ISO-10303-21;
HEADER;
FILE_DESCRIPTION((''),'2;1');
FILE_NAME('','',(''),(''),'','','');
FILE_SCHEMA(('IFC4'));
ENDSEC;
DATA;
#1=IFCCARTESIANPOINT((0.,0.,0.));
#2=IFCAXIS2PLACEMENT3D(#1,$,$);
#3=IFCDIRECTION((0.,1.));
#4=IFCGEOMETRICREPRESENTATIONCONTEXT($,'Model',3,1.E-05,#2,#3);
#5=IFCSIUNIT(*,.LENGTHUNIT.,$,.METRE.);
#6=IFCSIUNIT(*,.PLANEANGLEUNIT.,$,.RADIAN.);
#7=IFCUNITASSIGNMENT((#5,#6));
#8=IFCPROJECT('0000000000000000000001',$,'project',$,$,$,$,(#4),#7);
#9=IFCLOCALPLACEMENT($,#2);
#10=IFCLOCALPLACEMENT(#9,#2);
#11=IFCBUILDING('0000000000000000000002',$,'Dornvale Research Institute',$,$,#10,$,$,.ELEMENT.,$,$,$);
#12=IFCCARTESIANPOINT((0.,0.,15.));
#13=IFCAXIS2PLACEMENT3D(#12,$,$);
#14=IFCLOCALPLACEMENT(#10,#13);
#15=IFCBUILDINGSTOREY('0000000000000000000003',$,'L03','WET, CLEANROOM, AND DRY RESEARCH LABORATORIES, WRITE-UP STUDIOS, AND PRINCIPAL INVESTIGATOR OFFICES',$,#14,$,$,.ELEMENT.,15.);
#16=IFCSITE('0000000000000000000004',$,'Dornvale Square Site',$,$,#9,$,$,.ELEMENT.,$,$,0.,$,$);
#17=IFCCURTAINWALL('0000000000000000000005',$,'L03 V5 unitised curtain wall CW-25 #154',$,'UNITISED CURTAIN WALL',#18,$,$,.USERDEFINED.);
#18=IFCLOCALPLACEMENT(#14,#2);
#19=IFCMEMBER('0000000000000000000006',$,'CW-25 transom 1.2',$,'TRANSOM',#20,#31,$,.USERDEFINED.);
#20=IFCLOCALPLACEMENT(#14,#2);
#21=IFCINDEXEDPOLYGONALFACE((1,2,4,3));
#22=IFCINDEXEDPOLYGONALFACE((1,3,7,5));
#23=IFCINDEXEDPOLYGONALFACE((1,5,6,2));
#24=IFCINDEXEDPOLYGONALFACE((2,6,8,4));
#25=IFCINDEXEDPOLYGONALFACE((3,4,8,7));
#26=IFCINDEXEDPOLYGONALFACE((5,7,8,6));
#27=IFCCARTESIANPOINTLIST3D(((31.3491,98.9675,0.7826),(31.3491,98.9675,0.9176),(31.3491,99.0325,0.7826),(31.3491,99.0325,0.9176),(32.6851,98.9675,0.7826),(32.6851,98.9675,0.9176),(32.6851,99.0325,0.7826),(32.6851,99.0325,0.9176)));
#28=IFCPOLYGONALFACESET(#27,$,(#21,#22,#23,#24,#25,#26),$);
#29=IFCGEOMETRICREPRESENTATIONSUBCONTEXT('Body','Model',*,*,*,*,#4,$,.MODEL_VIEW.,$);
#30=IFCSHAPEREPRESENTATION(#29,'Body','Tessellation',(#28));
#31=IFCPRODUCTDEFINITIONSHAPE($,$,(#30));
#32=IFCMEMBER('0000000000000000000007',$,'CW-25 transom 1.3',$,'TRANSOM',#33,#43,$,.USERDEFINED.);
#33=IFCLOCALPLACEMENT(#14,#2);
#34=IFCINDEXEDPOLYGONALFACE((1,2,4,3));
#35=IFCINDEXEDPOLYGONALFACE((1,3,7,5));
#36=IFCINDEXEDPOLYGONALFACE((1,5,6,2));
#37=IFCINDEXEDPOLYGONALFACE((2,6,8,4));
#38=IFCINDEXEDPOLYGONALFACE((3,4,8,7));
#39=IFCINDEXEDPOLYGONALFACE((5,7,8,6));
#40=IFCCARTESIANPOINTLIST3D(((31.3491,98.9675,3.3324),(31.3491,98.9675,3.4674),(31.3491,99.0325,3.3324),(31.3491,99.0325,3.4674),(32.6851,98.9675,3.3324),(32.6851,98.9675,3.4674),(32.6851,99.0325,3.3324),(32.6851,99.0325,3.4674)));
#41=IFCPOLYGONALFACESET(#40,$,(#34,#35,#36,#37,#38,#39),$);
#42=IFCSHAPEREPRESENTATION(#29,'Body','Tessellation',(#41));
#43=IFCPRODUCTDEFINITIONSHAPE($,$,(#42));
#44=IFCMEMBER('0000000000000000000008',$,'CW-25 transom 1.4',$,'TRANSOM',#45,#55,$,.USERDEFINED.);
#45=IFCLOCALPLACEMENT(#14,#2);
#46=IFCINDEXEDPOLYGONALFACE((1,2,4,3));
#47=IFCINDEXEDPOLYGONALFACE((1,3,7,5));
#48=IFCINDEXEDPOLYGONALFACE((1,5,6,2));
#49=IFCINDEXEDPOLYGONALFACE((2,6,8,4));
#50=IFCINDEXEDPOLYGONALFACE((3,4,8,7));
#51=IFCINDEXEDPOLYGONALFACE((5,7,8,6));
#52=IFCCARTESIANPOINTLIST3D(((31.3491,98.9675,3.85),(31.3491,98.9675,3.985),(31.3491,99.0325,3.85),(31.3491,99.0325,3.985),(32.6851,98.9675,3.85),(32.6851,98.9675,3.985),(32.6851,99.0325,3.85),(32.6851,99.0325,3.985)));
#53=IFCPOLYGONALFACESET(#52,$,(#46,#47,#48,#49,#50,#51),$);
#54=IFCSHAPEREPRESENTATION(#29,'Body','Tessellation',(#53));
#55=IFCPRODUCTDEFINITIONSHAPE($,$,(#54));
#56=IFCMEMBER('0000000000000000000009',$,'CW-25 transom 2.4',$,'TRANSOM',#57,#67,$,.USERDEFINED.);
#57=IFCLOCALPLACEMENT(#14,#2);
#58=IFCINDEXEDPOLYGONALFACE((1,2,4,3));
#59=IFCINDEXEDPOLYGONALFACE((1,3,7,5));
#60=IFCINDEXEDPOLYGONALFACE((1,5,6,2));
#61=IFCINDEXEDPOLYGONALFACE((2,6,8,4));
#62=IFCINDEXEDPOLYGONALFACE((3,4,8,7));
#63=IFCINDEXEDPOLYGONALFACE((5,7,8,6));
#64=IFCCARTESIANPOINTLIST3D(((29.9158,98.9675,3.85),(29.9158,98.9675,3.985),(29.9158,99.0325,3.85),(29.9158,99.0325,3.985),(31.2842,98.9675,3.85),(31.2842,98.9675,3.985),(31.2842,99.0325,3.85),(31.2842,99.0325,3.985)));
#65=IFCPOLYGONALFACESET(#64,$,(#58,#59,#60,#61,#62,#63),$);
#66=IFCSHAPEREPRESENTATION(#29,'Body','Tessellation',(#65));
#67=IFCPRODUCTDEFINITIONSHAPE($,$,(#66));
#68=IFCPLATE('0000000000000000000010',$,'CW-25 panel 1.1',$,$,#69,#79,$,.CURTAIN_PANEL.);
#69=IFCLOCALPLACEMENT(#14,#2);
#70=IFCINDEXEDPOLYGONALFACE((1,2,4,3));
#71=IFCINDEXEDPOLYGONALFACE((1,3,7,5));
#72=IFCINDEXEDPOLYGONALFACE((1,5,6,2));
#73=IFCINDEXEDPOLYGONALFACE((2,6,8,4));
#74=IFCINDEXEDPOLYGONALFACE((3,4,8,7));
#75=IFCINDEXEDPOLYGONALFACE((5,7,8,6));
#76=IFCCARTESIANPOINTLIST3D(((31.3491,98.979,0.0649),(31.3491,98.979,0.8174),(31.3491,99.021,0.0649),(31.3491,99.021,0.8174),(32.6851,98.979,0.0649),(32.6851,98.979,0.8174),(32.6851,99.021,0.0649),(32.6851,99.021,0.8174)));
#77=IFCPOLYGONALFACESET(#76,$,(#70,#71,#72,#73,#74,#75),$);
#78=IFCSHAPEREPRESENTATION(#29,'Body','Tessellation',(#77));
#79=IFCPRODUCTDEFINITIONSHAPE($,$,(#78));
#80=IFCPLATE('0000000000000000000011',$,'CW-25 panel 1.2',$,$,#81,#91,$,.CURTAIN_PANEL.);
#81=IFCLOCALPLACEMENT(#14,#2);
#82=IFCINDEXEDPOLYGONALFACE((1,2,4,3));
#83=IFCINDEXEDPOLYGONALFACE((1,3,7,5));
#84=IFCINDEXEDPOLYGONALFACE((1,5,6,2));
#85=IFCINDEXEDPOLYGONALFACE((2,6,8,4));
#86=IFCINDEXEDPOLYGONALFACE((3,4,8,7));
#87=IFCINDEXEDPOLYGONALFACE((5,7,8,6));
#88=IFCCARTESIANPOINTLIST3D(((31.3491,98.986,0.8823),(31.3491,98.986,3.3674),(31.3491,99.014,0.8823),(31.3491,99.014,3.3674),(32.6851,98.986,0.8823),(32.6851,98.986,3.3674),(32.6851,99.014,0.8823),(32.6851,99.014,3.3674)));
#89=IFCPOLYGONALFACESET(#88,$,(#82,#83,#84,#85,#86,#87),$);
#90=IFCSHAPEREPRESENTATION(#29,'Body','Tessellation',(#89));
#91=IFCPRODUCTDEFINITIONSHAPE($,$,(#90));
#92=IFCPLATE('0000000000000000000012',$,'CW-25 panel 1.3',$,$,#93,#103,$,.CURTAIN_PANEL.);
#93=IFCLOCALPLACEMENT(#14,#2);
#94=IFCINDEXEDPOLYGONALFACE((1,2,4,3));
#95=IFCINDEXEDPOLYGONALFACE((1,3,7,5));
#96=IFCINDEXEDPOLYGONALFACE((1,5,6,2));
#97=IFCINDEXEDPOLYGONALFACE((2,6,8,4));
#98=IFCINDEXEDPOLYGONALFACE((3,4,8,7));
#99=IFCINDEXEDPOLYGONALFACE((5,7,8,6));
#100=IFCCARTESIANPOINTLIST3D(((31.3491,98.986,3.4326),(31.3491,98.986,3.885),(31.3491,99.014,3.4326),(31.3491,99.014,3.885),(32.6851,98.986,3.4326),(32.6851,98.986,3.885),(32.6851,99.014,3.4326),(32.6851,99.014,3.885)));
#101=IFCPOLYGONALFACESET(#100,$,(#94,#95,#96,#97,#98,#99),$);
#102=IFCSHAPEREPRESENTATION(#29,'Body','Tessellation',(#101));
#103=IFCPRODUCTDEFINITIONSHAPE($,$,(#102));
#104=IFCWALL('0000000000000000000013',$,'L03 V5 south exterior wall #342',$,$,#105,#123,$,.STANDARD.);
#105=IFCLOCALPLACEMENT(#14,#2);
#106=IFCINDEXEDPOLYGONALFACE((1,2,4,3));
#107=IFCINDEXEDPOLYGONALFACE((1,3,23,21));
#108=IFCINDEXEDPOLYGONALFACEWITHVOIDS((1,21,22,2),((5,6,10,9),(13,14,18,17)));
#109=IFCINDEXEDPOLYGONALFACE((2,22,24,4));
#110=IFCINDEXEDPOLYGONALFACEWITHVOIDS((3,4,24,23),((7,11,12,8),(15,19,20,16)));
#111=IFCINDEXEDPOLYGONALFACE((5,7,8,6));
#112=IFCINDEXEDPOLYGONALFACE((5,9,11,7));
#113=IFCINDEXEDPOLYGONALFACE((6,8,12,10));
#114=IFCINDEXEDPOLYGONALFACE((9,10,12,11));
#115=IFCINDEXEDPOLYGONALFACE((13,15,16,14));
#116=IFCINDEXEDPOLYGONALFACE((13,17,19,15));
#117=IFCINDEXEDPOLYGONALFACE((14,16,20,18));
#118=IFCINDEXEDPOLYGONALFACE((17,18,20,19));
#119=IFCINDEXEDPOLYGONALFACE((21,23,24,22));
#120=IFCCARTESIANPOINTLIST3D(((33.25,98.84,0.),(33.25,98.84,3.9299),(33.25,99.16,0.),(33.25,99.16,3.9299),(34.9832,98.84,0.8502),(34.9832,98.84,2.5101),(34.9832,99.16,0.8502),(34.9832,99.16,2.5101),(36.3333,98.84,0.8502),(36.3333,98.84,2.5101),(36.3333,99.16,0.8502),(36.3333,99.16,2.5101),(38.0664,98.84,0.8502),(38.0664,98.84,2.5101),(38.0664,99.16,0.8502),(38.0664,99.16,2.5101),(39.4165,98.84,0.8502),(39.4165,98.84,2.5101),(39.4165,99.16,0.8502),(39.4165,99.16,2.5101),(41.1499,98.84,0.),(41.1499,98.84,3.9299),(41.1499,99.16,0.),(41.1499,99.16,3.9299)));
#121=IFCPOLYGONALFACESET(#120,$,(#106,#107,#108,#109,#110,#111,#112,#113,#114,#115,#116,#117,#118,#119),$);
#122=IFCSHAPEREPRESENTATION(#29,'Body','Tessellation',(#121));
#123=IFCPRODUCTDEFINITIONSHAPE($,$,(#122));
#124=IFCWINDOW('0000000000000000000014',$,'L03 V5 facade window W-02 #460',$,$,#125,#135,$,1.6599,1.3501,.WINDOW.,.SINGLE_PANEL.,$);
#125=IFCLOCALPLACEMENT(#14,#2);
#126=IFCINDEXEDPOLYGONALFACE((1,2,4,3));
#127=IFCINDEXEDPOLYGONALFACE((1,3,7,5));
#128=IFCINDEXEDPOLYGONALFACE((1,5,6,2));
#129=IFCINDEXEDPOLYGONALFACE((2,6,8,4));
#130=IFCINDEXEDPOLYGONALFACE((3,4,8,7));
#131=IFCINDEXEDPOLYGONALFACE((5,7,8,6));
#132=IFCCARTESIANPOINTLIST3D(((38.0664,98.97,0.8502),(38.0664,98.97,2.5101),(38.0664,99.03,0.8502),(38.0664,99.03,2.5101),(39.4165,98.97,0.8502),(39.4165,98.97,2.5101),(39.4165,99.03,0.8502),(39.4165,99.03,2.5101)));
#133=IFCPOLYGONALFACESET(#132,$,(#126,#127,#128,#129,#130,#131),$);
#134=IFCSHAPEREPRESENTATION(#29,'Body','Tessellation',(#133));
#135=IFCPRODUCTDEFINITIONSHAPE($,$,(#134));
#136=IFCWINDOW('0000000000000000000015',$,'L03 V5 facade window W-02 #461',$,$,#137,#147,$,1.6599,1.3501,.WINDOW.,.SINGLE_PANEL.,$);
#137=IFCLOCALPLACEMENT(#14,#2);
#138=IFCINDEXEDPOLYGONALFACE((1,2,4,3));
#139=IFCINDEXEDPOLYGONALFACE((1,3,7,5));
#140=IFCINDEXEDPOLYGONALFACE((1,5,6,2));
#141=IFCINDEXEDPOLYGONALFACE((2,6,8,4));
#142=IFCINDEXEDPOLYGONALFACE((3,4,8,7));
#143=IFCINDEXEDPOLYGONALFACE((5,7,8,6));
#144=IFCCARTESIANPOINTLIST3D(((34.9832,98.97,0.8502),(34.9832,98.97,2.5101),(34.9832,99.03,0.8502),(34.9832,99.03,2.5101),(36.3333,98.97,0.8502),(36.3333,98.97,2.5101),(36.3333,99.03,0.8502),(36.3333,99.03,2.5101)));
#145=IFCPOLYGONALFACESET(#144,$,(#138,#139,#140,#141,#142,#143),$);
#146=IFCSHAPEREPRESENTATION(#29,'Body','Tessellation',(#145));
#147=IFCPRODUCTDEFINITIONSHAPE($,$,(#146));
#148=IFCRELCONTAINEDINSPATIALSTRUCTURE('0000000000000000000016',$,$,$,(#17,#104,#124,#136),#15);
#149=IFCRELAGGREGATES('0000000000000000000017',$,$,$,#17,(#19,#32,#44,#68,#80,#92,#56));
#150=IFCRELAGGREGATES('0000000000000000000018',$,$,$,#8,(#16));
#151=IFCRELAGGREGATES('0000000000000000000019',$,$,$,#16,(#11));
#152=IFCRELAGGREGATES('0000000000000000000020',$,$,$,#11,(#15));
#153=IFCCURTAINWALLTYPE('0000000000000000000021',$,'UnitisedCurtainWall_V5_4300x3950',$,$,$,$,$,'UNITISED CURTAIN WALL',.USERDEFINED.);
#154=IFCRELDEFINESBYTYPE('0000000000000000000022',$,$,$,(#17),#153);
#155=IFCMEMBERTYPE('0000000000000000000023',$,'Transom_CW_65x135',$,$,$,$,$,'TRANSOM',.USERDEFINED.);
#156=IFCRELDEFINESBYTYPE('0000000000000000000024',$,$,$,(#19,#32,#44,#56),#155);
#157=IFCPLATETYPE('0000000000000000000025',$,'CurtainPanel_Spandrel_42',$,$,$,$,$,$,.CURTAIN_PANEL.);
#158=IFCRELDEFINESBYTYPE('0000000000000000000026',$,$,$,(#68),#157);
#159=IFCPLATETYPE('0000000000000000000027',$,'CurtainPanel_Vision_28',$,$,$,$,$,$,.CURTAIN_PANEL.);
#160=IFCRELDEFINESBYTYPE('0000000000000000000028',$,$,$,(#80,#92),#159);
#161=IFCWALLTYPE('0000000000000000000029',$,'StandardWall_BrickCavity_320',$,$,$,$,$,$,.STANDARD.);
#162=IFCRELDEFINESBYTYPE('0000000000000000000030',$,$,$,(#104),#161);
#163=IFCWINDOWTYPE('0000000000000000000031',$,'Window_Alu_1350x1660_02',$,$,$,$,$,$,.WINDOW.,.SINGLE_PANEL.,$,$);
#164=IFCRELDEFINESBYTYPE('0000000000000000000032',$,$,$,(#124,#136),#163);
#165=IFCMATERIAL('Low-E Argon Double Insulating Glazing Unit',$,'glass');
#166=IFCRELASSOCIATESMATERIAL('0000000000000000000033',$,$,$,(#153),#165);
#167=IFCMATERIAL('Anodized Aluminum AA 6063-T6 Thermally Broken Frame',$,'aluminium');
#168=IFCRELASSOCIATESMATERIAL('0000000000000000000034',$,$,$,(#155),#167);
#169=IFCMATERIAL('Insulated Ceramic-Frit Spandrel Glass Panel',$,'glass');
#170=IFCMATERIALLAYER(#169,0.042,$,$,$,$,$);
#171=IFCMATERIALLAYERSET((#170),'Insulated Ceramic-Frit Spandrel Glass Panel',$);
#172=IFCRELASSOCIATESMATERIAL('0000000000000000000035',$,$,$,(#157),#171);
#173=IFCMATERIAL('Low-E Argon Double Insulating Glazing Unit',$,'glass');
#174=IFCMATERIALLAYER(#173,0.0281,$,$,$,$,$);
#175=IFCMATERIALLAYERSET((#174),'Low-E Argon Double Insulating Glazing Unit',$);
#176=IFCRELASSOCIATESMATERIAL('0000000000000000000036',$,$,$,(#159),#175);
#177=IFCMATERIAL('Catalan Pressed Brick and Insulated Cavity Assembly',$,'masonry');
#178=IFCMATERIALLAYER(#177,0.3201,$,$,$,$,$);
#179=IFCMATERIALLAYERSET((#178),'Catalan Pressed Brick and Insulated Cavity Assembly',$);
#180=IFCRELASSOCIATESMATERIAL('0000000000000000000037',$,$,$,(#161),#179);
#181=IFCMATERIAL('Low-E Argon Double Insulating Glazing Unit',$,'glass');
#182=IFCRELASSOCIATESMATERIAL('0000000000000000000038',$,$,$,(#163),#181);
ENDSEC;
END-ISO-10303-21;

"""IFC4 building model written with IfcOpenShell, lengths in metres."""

from ifc_helpers import new_model, si_unit, direction, frame, frame_2d, origin, origin_2d, place, context, subcontext, project, spatial, rectangle, extrude, material, layer, layer_set, material_profile, profile_set, type_object, element, fill, aggregate, save


model = new_model("IFC4")

# Units and contexts
model_context = context("Model", 3, precision=1e-05, world=origin(), true_north=direction((0.0, 1.0)))
body_context = subcontext(model_context, "Body", "Model", "MODEL_VIEW")
ifc_project = project(units=[si_unit("LENGTHUNIT", "METRE"), si_unit("PLANEANGLEUNIT", "RADIAN")], contexts=[model_context])

# Site, building, storey
site_placement = place(None, origin())
site = spatial("IfcSite", under=ifc_project, at=site_placement, Name="Dornvale Square Site", CompositionType="ELEMENT", RefElevation=0.0)
building_placement = place(site_placement, origin())
building = spatial("IfcBuilding", under=site, at=building_placement, Name="Dornvale Research Institute", CompositionType="ELEMENT")
storey_placement = place(building_placement, frame((0.0, 0.0, 15.0)))
storey = spatial("IfcBuildingStorey", under=building, at=storey_placement, Name="L03", Description="WET, CLEANROOM, AND DRY RESEARCH LABORATORIES, WRITE-UP STUDIOS, AND PRINCIPAL INVESTIGATOR OFFICES", CompositionType="ELEMENT", Elevation=15.0)

# Curtain wall
ifc_material_1 = material(Name="Low-E Argon Double Insulating Glazing Unit", Category="glass")
curtain_wall_type = type_object("IfcCurtainWallType", Name="UnitisedCurtainWall_V5_4300x3950", ElementType="UNITISED CURTAIN WALL", PredefinedType="USERDEFINED", material=ifc_material_1)
curtain_wall_placement = place(storey_placement, origin())
curtain_wall = element("IfcCurtainWall", 1, at=curtain_wall_placement, inside=storey, type_object=curtain_wall_type, Name="L03 V5 unitised curtain wall CW-25 #154", ObjectType="UNITISED CURTAIN WALL", PredefinedType="USERDEFINED")

# Members
ifc_material_2 = material(Name="Anodized Aluminum AA 6063-T6 Thermally Broken Frame", Category="aluminium")
ifc_material_profile_1 = material_profile(ifc_material_2, rectangle(XDim=0.0649, YDim=0.135, at=origin_2d()), Name="ALU TRANSOM 65x135")
ifc_profile_set_1 = profile_set([ifc_material_profile_1], Name="Anodized Aluminum AA 6063-T6 Thermally Broken Frame")
member_type_1 = type_object("IfcMemberType", Name="Transom_CW_65x135", ElementType="TRANSOM", PredefinedType="USERDEFINED", material=ifc_profile_set_1)
member_1_placement = place(storey_placement, frame((32.6851, 99.0, 0.8501), z_axis=(-1.0, 0.0, 0.0), x_axis=(0.0, -1.0, 0.0)))
member_1 = element("IfcMember", 2, at=member_1_placement, type_object=member_type_1, Name="CW-25 transom 1.2", ObjectType="TRANSOM", PredefinedType="USERDEFINED", context=body_context, shape_type="SweptSolid", body=[
    extrude(rectangle(XDim=0.0649, YDim=0.135, at=origin_2d()), origin(), (0.0, 0.0, 1.0), 1.3359),
])
member_2_placement = place(storey_placement, frame((32.6851, 99.0, 3.3999), z_axis=(-1.0, 0.0, 0.0), x_axis=(0.0, -1.0, 0.0)))
member_2 = element("IfcMember", 3, at=member_2_placement, type_object=member_type_1, Name="CW-25 transom 1.3", ObjectType="TRANSOM", PredefinedType="USERDEFINED", context=body_context, shape_type="SweptSolid", body=[
    extrude(rectangle(XDim=0.0649, YDim=0.135, at=origin_2d()), origin(), (0.0, 0.0, 1.0), 1.3359),
])
member_3_placement = place(storey_placement, frame((32.6851, 99.0, 3.9175), z_axis=(-1.0, 0.0, 0.0), x_axis=(0.0, -1.0, 0.0)))
member_3 = element("IfcMember", 4, at=member_3_placement, type_object=member_type_1, Name="CW-25 transom 1.4", ObjectType="TRANSOM", PredefinedType="USERDEFINED", context=body_context, shape_type="SweptSolid", body=[
    extrude(rectangle(XDim=0.0649, YDim=0.135, at=origin_2d()), origin(), (0.0, 0.0, 1.0), 1.3359),
])
member_4_placement = place(storey_placement, frame((31.2842, 99.0, 3.9175), z_axis=(-1.0, 0.0, 0.0), x_axis=(0.0, -1.0, 0.0)))
member_4 = element("IfcMember", 5, at=member_4_placement, type_object=member_type_1, Name="CW-25 transom 2.4", ObjectType="TRANSOM", PredefinedType="USERDEFINED", context=body_context, shape_type="SweptSolid", body=[
    extrude(rectangle(XDim=0.0649, YDim=0.135, at=origin_2d()), origin(), (0.0, 0.0, 1.0), 1.3684),
])

# Plates
ifc_material_3 = material(Name="Insulated Ceramic-Frit Spandrel Glass Panel", Category="glass")
ifc_layer_1 = layer(ifc_material_3, 0.042)
ifc_layer_set_1 = layer_set([ifc_layer_1], Name="Insulated Ceramic-Frit Spandrel Glass Panel")
plate_type_1 = type_object("IfcPlateType", Name="CurtainPanel_Spandrel_42", PredefinedType="CURTAIN_PANEL", material=ifc_layer_set_1)
plate_1_placement = place(storey_placement, frame((32.0171, 99.0, 0.0649), z_axis=(0.0, 0.0, 1.0), x_axis=(-1.0, 0.0, 0.0)))
plate_1 = element("IfcPlate", 6, at=plate_1_placement, type_object=plate_type_1, Name="CW-25 panel 1.1", PredefinedType="CURTAIN_PANEL", context=body_context, shape_type="SweptSolid", body=[
    extrude(rectangle(XDim=1.3359, YDim=0.042, at=origin_2d()), origin(), (0.0, 0.0, 1.0), 0.7524),
])
ifc_material_4 = material(Name="Low-E Argon Double Insulating Glazing Unit", Category="glass")
ifc_layer_2 = layer(ifc_material_4, 0.0281)
ifc_layer_set_2 = layer_set([ifc_layer_2], Name="Low-E Argon Double Insulating Glazing Unit")
plate_type_2 = type_object("IfcPlateType", Name="CurtainPanel_Vision_28", PredefinedType="CURTAIN_PANEL", material=ifc_layer_set_2)
plate_2_placement = place(storey_placement, frame((32.0171, 99.0, 0.8823), z_axis=(0.0, 0.0, 1.0), x_axis=(-1.0, 0.0, 0.0)))
plate_2 = element("IfcPlate", 7, at=plate_2_placement, type_object=plate_type_2, Name="CW-25 panel 1.2", PredefinedType="CURTAIN_PANEL", context=body_context, shape_type="SweptSolid", body=[
    extrude(rectangle(XDim=1.3359, YDim=0.0281, at=origin_2d()), origin(), (0.0, 0.0, 1.0), 2.4851),
])
plate_3_placement = place(storey_placement, frame((32.0171, 99.0, 3.4326), z_axis=(0.0, 0.0, 1.0), x_axis=(-1.0, 0.0, 0.0)))
plate_3 = element("IfcPlate", 8, at=plate_3_placement, type_object=plate_type_2, Name="CW-25 panel 1.3", PredefinedType="CURTAIN_PANEL", context=body_context, shape_type="SweptSolid", body=[
    extrude(rectangle(XDim=1.3359, YDim=0.0281, at=origin_2d()), origin(), (0.0, 0.0, 1.0), 0.4524),
])
aggregate(curtain_wall, [member_1, member_2, member_3, plate_1, plate_2, plate_3, member_4])

# Wall, openings, windows
ifc_material_5 = material(Name="Catalan Pressed Brick and Insulated Cavity Assembly", Category="masonry")
ifc_layer_3 = layer(ifc_material_5, 0.3201)
ifc_layer_set_3 = layer_set([ifc_layer_3], Name="Catalan Pressed Brick and Insulated Cavity Assembly")
wall_type = type_object("IfcWallType", Name="StandardWall_BrickCavity_320", PredefinedType="STANDARD", material=ifc_layer_set_3)
wall_placement = place(storey_placement, frame((41.1499, 99.0, 0.0), z_axis=(0.0, 0.0, 1.0), x_axis=(-1.0, 0.0, 0.0)))
wall = element("IfcWall", 9, at=wall_placement, inside=storey, type_object=wall_type, Name="L03 V5 south exterior wall #342", PredefinedType="STANDARD", context=body_context, shape_type="SweptSolid", body=[
    extrude(rectangle(XDim=7.8999, YDim=0.3201, at=frame_2d((3.95, 0.0))), origin(), (0.0, 0.0, 1.0), 3.9299),
])
opening_1_placement = place(wall_placement, frame((1.7334, 0.0, 0.8501)))
opening_1 = element("IfcOpeningElement", 10, at=opening_1_placement, cuts=wall, PredefinedType="OPENING", context=body_context, shape_type="SweptSolid", body=[
    extrude(rectangle(XDim=1.3501, YDim=1.6599, at=frame_2d((0.675, 0.8301))), frame((0.0, 0.175, 0.0), z_axis=(0.0, -1.0, 0.0), x_axis=(1.0, 0.0, 0.0)), (0.0, 0.0, 1.0), 0.3501),
])
opening_2_placement = place(wall_placement, frame((4.8167, 0.0, 0.8501)))
opening_2 = element("IfcOpeningElement", 11, at=opening_2_placement, cuts=wall, PredefinedType="OPENING", context=body_context, shape_type="SweptSolid", body=[
    extrude(rectangle(XDim=1.3501, YDim=1.6599, at=frame_2d((0.675, 0.8301))), frame((0.0, 0.175, 0.0), z_axis=(0.0, -1.0, 0.0), x_axis=(1.0, 0.0, 0.0)), (0.0, 0.0, 1.0), 0.3501),
])
ifc_material_6 = material(Name="Low-E Argon Double Insulating Glazing Unit", Category="glass")
window_type = type_object("IfcWindowType", Name="Window_Alu_1350x1660_02", PartitioningType="SINGLE_PANEL", PredefinedType="WINDOW", material=ifc_material_6)
window_1_placement = place(opening_1_placement, origin())
window_1 = element("IfcWindow", 12, at=window_1_placement, inside=storey, type_object=window_type, Name="L03 V5 facade window W-02 #460", OverallHeight=1.6599, OverallWidth=1.3501, PartitioningType="SINGLE_PANEL", PredefinedType="WINDOW", context=body_context, shape_type="SweptSolid", body=[
    extrude(rectangle(XDim=1.3501, YDim=1.6599, at=frame_2d((0.675, 0.8301))), frame((0.0, 0.03, 0.0), z_axis=(0.0, -1.0, 0.0), x_axis=(1.0, 0.0, 0.0)), (0.0, 0.0, 1.0), 0.0601),
])
fill(opening_1, window_1)
window_2_placement = place(opening_2_placement, origin())
window_2 = element("IfcWindow", 13, at=window_2_placement, inside=storey, type_object=window_type, Name="L03 V5 facade window W-02 #461", OverallHeight=1.6599, OverallWidth=1.3501, PartitioningType="SINGLE_PANEL", PredefinedType="WINDOW", context=body_context, shape_type="SweptSolid", body=[
    extrude(rectangle(XDim=1.3501, YDim=1.6599, at=frame_2d((0.675, 0.8301))), frame((0.0, 0.03, 0.0), z_axis=(0.0, -1.0, 0.0), x_axis=(1.0, 0.0, 0.0)), (0.0, 0.0, 1.0), 0.0601),
])
fill(opening_2, window_2)

save(model, "model.ifc")
